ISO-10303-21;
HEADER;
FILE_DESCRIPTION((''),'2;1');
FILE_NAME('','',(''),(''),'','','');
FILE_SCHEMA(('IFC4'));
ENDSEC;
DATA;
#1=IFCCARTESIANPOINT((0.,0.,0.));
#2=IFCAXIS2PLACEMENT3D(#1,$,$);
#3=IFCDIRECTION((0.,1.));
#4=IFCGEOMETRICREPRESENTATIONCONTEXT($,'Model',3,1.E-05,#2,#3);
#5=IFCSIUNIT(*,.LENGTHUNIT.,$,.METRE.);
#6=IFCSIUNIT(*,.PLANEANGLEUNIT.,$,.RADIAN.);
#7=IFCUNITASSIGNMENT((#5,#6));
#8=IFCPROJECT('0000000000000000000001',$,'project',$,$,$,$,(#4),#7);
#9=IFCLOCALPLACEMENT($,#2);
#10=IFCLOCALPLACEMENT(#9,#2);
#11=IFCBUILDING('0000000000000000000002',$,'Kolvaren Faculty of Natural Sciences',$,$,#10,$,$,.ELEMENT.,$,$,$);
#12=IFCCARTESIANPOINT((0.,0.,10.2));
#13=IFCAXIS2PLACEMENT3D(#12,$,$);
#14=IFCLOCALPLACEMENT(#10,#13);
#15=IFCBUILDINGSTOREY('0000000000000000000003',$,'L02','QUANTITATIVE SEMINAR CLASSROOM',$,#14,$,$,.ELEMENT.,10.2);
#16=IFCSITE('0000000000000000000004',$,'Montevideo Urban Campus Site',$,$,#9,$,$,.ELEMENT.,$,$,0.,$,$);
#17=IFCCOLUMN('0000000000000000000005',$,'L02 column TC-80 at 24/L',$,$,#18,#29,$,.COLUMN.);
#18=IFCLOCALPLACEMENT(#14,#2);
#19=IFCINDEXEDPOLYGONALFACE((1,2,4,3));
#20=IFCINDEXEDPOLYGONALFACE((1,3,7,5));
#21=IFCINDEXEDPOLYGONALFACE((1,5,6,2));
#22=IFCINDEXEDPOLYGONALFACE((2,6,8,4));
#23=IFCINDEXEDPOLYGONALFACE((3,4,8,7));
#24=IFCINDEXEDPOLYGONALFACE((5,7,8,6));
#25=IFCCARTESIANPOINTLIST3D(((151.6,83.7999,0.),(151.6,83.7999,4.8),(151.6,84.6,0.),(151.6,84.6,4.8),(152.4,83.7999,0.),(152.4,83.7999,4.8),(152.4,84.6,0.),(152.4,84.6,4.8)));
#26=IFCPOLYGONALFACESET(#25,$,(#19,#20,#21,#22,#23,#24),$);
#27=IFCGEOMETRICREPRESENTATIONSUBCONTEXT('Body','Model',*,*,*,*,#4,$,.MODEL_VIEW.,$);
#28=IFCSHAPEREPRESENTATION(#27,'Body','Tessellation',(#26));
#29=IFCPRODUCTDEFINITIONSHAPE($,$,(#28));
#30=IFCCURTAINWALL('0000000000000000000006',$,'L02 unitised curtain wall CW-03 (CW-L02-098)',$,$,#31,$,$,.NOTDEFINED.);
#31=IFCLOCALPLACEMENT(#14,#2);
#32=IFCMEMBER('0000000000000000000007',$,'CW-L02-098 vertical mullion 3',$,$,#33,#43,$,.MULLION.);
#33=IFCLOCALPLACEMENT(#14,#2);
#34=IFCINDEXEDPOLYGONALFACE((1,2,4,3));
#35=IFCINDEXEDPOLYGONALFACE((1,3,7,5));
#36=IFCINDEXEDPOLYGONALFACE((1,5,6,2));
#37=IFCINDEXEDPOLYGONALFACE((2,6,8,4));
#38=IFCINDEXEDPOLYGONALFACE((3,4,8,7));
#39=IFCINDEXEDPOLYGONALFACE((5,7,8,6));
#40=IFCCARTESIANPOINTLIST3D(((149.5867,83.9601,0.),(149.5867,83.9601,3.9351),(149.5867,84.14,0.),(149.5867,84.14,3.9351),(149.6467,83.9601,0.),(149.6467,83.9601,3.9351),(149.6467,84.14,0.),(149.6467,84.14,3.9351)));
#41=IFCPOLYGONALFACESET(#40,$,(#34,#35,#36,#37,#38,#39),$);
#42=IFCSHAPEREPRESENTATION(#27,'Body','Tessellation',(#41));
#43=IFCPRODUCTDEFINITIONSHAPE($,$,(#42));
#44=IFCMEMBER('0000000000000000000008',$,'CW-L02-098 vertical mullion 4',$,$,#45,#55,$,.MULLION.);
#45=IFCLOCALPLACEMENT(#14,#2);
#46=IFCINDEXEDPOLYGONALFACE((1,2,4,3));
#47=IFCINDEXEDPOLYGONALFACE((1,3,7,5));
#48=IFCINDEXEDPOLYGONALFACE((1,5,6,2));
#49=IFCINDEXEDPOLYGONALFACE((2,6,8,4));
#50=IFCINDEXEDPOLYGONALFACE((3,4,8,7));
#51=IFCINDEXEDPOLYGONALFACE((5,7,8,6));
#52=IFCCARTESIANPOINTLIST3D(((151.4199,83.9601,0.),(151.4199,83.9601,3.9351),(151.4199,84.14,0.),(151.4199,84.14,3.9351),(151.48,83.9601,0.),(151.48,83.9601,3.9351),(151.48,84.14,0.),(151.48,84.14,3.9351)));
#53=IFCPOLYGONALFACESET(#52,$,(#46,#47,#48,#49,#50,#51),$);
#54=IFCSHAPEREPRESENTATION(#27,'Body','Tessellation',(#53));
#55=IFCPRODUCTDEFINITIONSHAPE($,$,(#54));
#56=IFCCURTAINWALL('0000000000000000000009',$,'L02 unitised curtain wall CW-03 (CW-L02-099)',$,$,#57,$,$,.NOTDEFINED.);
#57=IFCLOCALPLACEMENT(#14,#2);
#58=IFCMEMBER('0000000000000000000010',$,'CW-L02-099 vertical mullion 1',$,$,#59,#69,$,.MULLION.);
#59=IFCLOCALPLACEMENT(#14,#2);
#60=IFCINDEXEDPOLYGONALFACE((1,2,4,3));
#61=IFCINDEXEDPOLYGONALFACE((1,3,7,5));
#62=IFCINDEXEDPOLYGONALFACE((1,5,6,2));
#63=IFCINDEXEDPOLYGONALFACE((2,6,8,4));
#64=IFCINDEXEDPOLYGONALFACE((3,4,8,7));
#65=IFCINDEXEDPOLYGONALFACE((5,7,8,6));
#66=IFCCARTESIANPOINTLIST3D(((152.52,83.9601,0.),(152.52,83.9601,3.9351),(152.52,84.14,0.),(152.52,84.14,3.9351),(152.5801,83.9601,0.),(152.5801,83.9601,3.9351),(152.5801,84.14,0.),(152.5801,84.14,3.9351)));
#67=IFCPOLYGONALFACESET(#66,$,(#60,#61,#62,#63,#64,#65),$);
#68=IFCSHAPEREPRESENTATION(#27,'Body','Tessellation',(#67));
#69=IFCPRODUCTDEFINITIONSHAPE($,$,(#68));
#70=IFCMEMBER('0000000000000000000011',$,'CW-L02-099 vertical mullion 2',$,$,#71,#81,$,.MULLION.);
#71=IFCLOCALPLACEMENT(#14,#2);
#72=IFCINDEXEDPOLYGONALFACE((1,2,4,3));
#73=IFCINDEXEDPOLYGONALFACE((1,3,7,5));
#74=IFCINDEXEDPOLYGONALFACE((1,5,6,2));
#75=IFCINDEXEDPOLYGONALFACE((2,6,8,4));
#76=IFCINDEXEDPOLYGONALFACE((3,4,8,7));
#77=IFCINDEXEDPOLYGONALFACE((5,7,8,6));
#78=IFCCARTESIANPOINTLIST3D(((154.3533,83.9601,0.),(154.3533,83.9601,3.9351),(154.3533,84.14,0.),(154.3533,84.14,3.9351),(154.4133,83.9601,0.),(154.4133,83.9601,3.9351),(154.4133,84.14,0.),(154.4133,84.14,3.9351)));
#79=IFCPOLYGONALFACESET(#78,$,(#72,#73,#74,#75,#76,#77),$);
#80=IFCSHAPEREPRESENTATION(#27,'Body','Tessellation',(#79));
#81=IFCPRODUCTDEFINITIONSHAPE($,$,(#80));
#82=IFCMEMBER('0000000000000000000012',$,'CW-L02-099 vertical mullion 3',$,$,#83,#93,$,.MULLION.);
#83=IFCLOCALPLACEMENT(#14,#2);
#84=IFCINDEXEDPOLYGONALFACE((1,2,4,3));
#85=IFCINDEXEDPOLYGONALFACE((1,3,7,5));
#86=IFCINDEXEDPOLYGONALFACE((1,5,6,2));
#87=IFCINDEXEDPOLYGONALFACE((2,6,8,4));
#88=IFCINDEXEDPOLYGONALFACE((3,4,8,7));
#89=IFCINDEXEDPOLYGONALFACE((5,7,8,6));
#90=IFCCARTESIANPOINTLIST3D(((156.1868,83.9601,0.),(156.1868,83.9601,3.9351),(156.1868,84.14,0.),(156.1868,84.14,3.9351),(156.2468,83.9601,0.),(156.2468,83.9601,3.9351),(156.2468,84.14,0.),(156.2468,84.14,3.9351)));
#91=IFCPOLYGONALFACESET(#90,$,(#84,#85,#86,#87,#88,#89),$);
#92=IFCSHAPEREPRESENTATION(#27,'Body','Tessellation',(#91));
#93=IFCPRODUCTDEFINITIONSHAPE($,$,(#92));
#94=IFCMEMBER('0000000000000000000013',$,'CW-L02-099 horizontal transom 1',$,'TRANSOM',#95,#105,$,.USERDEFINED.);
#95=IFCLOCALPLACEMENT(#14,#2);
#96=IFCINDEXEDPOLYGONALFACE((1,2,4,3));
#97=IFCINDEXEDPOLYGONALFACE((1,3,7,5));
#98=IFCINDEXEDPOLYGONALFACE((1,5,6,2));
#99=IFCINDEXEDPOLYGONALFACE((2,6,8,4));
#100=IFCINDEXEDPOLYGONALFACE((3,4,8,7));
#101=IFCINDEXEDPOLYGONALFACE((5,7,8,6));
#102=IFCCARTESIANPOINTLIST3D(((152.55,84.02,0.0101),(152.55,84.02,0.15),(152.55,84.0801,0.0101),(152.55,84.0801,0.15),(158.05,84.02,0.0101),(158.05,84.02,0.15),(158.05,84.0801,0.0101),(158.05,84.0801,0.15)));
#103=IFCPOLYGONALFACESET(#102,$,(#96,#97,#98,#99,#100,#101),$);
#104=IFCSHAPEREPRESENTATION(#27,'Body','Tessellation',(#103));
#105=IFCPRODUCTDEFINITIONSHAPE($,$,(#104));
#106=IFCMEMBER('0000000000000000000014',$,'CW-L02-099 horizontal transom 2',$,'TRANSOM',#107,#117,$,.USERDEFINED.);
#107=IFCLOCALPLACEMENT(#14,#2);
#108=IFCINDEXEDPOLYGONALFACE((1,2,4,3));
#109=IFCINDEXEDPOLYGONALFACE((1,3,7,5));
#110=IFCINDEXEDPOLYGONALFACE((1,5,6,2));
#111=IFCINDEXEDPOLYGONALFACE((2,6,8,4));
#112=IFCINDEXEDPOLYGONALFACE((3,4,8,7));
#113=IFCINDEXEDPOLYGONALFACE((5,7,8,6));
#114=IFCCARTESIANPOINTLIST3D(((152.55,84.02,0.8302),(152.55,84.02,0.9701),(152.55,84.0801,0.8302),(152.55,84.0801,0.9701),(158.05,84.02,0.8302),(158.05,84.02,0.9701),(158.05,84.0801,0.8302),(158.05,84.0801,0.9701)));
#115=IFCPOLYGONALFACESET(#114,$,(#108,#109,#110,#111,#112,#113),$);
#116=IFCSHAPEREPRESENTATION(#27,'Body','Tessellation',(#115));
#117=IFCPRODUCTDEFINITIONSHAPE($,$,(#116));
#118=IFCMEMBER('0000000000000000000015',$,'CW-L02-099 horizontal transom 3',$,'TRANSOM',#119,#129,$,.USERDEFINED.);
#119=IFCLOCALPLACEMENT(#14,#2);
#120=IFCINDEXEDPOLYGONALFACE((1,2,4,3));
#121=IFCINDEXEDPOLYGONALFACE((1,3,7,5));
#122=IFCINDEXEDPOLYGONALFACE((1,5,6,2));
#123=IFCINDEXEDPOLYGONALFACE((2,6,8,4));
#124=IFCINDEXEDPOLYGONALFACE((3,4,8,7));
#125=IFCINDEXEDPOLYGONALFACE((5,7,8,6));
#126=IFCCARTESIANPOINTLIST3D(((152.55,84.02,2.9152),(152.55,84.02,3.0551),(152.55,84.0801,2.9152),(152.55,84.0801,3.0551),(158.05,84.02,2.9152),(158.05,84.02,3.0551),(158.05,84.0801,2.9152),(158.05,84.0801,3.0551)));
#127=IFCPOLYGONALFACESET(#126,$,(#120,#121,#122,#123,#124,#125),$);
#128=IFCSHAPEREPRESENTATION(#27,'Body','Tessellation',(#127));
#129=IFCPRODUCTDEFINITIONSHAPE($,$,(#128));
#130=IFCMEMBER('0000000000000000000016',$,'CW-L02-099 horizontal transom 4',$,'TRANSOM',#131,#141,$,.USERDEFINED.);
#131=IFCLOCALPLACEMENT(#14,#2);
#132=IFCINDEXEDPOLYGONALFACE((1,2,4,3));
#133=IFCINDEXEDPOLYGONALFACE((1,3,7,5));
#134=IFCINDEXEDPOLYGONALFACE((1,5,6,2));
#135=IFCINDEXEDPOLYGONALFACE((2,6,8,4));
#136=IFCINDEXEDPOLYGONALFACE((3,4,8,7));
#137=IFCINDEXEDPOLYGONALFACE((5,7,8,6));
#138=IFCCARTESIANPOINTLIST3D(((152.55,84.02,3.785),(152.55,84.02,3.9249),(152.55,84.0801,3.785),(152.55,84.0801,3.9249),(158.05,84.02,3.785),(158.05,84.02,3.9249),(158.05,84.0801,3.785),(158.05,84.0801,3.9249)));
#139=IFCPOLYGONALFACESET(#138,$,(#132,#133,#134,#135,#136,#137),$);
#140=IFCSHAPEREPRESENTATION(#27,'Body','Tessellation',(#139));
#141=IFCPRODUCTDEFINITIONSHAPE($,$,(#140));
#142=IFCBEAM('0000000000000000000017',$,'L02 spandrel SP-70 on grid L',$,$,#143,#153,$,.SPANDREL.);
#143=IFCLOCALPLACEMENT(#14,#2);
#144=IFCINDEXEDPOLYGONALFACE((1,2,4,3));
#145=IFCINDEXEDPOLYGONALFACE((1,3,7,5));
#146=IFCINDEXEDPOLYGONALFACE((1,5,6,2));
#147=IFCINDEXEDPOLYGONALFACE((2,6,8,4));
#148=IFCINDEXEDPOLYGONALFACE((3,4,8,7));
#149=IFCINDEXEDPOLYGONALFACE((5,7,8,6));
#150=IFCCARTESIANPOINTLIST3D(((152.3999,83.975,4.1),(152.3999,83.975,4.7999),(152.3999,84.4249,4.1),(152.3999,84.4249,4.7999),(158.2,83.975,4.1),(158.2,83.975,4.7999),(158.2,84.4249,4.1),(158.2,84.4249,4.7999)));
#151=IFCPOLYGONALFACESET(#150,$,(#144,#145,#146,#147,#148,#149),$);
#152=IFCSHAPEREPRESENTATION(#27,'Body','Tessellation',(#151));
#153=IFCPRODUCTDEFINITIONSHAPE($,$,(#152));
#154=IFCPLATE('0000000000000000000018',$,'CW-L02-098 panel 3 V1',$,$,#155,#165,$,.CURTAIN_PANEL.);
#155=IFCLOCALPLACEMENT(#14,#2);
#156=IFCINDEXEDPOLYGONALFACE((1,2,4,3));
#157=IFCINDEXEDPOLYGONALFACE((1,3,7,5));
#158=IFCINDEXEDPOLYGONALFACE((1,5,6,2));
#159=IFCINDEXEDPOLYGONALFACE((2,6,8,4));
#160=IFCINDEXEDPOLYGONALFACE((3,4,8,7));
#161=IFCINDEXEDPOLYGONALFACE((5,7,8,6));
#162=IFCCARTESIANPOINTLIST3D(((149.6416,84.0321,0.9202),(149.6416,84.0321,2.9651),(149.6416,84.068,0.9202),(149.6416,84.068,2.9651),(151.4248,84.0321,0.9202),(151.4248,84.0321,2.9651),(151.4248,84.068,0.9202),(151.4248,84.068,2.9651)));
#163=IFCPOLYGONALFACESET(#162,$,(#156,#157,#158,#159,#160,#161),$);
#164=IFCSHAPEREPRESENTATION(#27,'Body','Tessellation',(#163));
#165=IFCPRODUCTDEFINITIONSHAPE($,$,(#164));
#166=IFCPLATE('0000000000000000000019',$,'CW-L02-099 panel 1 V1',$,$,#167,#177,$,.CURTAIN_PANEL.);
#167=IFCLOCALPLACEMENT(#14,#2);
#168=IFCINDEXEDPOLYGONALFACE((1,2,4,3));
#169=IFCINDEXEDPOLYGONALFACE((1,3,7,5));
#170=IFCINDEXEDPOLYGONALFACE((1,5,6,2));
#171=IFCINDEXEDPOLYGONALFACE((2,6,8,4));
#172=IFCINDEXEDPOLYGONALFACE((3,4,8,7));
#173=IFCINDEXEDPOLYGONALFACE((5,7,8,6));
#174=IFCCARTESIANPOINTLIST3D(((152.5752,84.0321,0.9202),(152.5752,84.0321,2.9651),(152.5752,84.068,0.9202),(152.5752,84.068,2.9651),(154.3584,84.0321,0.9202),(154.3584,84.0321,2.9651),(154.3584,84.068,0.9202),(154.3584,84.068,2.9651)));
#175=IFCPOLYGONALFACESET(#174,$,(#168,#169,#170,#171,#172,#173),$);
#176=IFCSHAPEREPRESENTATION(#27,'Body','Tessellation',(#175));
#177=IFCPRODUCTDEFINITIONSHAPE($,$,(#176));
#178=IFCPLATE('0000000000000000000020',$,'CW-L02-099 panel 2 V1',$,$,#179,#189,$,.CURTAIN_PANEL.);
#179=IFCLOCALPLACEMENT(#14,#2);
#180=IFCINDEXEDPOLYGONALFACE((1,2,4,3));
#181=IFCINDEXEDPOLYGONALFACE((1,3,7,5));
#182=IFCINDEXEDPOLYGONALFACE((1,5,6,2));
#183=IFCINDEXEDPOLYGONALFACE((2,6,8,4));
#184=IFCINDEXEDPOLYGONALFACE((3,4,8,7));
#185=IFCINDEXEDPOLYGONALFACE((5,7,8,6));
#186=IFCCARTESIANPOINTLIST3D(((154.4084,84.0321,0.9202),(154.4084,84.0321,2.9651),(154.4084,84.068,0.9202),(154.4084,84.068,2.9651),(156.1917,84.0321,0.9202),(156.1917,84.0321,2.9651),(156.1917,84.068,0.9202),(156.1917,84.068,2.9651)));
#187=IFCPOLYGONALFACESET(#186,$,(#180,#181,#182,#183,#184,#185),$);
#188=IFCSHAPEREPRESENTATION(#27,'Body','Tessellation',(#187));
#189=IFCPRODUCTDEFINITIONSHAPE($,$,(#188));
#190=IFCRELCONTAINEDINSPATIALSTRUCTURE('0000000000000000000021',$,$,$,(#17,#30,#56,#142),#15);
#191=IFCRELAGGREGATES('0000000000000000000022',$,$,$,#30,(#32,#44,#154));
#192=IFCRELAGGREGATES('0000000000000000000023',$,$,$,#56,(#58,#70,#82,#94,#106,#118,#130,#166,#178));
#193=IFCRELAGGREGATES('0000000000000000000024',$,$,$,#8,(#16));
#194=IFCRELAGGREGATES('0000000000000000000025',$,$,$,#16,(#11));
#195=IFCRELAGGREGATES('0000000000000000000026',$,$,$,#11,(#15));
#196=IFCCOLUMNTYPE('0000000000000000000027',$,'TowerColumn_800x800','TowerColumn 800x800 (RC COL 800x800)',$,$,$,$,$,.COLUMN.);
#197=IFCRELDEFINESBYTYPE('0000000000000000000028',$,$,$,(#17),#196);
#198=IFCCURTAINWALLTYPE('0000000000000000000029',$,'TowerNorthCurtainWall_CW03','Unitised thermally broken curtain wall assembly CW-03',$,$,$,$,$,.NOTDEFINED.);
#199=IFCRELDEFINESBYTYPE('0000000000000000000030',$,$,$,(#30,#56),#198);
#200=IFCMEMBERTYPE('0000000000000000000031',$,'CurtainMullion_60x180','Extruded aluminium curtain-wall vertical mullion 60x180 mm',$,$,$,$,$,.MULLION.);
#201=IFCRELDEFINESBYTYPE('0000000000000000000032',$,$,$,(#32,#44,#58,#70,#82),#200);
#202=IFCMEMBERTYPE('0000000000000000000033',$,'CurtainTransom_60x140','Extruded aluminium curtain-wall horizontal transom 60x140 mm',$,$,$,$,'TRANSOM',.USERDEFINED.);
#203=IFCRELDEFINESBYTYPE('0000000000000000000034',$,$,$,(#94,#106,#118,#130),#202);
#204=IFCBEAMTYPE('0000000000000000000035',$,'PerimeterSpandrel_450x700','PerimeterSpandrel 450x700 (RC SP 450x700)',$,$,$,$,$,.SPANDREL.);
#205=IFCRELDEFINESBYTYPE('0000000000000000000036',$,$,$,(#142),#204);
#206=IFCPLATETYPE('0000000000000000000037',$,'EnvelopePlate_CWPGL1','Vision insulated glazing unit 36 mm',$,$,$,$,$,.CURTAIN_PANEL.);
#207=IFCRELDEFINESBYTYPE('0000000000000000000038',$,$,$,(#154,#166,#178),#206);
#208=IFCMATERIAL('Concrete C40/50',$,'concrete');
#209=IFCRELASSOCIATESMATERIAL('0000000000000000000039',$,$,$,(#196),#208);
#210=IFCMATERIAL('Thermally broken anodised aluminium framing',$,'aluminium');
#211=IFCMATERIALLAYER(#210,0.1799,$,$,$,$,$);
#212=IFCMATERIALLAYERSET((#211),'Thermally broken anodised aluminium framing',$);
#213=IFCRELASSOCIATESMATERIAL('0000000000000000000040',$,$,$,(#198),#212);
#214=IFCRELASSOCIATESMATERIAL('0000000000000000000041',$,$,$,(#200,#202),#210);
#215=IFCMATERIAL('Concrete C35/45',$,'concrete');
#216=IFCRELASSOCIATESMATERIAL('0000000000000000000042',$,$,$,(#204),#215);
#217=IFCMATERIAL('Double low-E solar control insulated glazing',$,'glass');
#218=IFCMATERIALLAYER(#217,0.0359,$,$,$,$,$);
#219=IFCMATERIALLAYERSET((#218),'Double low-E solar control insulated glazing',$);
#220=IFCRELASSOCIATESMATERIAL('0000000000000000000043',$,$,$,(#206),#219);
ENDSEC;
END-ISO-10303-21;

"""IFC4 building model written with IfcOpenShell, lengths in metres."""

from ifc_helpers import new_model, si_unit, direction, frame, origin, origin_2d, place, context, subcontext, project, spatial, rectangle, extrude, material, layer, layer_set, material_profile, profile_set, type_object, element, aggregate, save


model = new_model("IFC4")

# Units and contexts
model_context = context("Model", 3, precision=1e-05, world=origin(), true_north=direction((0.0, 1.0)))
body_context = subcontext(model_context, "Body", "Model", "MODEL_VIEW")
ifc_project = project(units=[si_unit("LENGTHUNIT", "METRE"), si_unit("PLANEANGLEUNIT", "RADIAN")], contexts=[model_context])

# Site, building, storey
site_placement = place(None, origin())
site = spatial("IfcSite", under=ifc_project, at=site_placement, Name="Montevideo Urban Campus Site", CompositionType="ELEMENT", RefElevation=0.0)
building_placement = place(site_placement, origin())
building = spatial("IfcBuilding", under=site, at=building_placement, Name="Kolvaren Faculty of Natural Sciences", CompositionType="ELEMENT")
storey_placement = place(building_placement, frame((0.0, 0.0, 10.2)))
storey = spatial("IfcBuildingStorey", under=building, at=storey_placement, Name="L02", Description="QUANTITATIVE SEMINAR CLASSROOM", CompositionType="ELEMENT", Elevation=10.2)

# Column
ifc_material_1 = material(Name="Concrete C40/50", Category="concrete")
ifc_material_profile_1 = material_profile(ifc_material_1, rectangle(XDim=0.8, YDim=0.8, at=origin_2d()), Name="RC COL 800x800")
ifc_profile_set_1 = profile_set([ifc_material_profile_1], Name="Concrete C40/50")
column_type = type_object("IfcColumnType", Name="TowerColumn_800x800", Description="TowerColumn 800x800 (RC COL 800x800)", PredefinedType="COLUMN", material=ifc_profile_set_1)
column_placement = place(storey_placement, frame((152.0, 84.2, 0.0), z_axis=(0.0, 0.0, 1.0), x_axis=(1.0, 0.0, 0.0)))
element("IfcColumn", 1, at=column_placement, inside=storey, type_object=column_type, Name="L02 column TC-80 at 24/L", PredefinedType="COLUMN", context=body_context, shape_type="SweptSolid", body=[
    extrude(rectangle(XDim=0.8, YDim=0.8, at=origin_2d()), origin(), (0.0, 0.0, 1.0), 4.8),
])

# Curtain walls, members
ifc_material_2 = material(Name="Thermally broken anodised aluminium framing", Category="aluminium")
ifc_layer_1 = layer(ifc_material_2, 0.1799)
ifc_layer_set_1 = layer_set([ifc_layer_1], Name="Thermally broken anodised aluminium framing")
curtain_wall_type = type_object("IfcCurtainWallType", Name="TowerNorthCurtainWall_CW03", Description="Unitised thermally broken curtain wall assembly CW-03", PredefinedType="NOTDEFINED", material=ifc_layer_set_1)
curtain_wall_1_placement = place(storey_placement, origin())
curtain_wall_1 = element("IfcCurtainWall", 2, at=curtain_wall_1_placement, inside=storey, type_object=curtain_wall_type, Name="L02 unitised curtain wall CW-03 (CW-L02-098)", PredefinedType="NOTDEFINED")
ifc_material_profile_2 = material_profile(ifc_material_2, rectangle(XDim=0.0601, YDim=0.1799, at=origin_2d()), Name="ALU MUL 60x180")
ifc_profile_set_2 = profile_set([ifc_material_profile_2], Name="Thermally broken anodised aluminium framing")
member_type_1 = type_object("IfcMemberType", Name="CurtainMullion_60x180", Description="Extruded aluminium curtain-wall vertical mullion 60x180 mm", PredefinedType="MULLION", material=ifc_profile_set_2)
member_1_placement = place(storey_placement, frame((149.6167, 84.05, 0.0), z_axis=(0.0, 0.0, 1.0), x_axis=(1.0, 0.0, 0.0)))
member_1 = element("IfcMember", 3, at=member_1_placement, type_object=member_type_1, Name="CW-L02-098 vertical mullion 3", PredefinedType="MULLION", context=body_context, shape_type="SweptSolid", body=[
    extrude(rectangle(XDim=0.0601, YDim=0.1799, at=origin_2d()), origin(), (0.0, 0.0, 1.0), 3.9351),
])
member_2_placement = place(storey_placement, frame((151.45, 84.05, 0.0), z_axis=(0.0, 0.0, 1.0), x_axis=(1.0, 0.0, 0.0)))
member_2 = element("IfcMember", 4, at=member_2_placement, type_object=member_type_1, Name="CW-L02-098 vertical mullion 4", PredefinedType="MULLION", context=body_context, shape_type="SweptSolid", body=[
    extrude(rectangle(XDim=0.0601, YDim=0.1799, at=origin_2d()), origin(), (0.0, 0.0, 1.0), 3.9351),
])
curtain_wall_2_placement = place(storey_placement, origin())
curtain_wall_2 = element("IfcCurtainWall", 5, at=curtain_wall_2_placement, inside=storey, type_object=curtain_wall_type, Name="L02 unitised curtain wall CW-03 (CW-L02-099)", PredefinedType="NOTDEFINED")
member_3_placement = place(storey_placement, frame((152.55, 84.05, 0.0), z_axis=(0.0, 0.0, 1.0), x_axis=(1.0, 0.0, 0.0)))
member_3 = element("IfcMember", 6, at=member_3_placement, type_object=member_type_1, Name="CW-L02-099 vertical mullion 1", PredefinedType="MULLION", context=body_context, shape_type="SweptSolid", body=[
    extrude(rectangle(XDim=0.0601, YDim=0.1799, at=origin_2d()), origin(), (0.0, 0.0, 1.0), 3.9351),
])
member_4_placement = place(storey_placement, frame((154.3833, 84.05, 0.0), z_axis=(0.0, 0.0, 1.0), x_axis=(1.0, 0.0, 0.0)))
member_4 = element("IfcMember", 7, at=member_4_placement, type_object=member_type_1, Name="CW-L02-099 vertical mullion 2", PredefinedType="MULLION", context=body_context, shape_type="SweptSolid", body=[
    extrude(rectangle(XDim=0.0601, YDim=0.1799, at=origin_2d()), origin(), (0.0, 0.0, 1.0), 3.9351),
])
member_5_placement = place(storey_placement, frame((156.2168, 84.05, 0.0), z_axis=(0.0, 0.0, 1.0), x_axis=(1.0, 0.0, 0.0)))
member_5 = element("IfcMember", 8, at=member_5_placement, type_object=member_type_1, Name="CW-L02-099 vertical mullion 3", PredefinedType="MULLION", context=body_context, shape_type="SweptSolid", body=[
    extrude(rectangle(XDim=0.0601, YDim=0.1799, at=origin_2d()), origin(), (0.0, 0.0, 1.0), 3.9351),
])
ifc_material_profile_3 = material_profile(ifc_material_2, rectangle(XDim=0.0601, YDim=0.1399, at=origin_2d()), Name="ALU TRN 60x140")
ifc_profile_set_3 = profile_set([ifc_material_profile_3], Name="Thermally broken anodised aluminium framing")
member_type_2 = type_object("IfcMemberType", Name="CurtainTransom_60x140", Description="Extruded aluminium curtain-wall horizontal transom 60x140 mm", ElementType="TRANSOM", PredefinedType="USERDEFINED", material=ifc_profile_set_3)
member_6_placement = place(storey_placement, frame((152.55, 84.05, 0.0801), z_axis=(1.0, 0.0, 0.0), x_axis=(0.0, 1.0, 0.0)))
member_6 = element("IfcMember", 9, at=member_6_placement, type_object=member_type_2, Name="CW-L02-099 horizontal transom 1", ObjectType="TRANSOM", PredefinedType="USERDEFINED", context=body_context, shape_type="SweptSolid", body=[
    extrude(rectangle(XDim=0.0601, YDim=0.1399, at=origin_2d()), origin(), (0.0, 0.0, 1.0), 5.5),
])
member_7_placement = place(storey_placement, frame((152.55, 84.05, 0.9001), z_axis=(1.0, 0.0, 0.0), x_axis=(0.0, 1.0, 0.0)))
member_7 = element("IfcMember", 10, at=member_7_placement, type_object=member_type_2, Name="CW-L02-099 horizontal transom 2", ObjectType="TRANSOM", PredefinedType="USERDEFINED", context=body_context, shape_type="SweptSolid", body=[
    extrude(rectangle(XDim=0.0601, YDim=0.1399, at=origin_2d()), origin(), (0.0, 0.0, 1.0), 5.5),
])
member_8_placement = place(storey_placement, frame((152.55, 84.05, 2.9851), z_axis=(1.0, 0.0, 0.0), x_axis=(0.0, 1.0, 0.0)))
member_8 = element("IfcMember", 11, at=member_8_placement, type_object=member_type_2, Name="CW-L02-099 horizontal transom 3", ObjectType="TRANSOM", PredefinedType="USERDEFINED", context=body_context, shape_type="SweptSolid", body=[
    extrude(rectangle(XDim=0.0601, YDim=0.1399, at=origin_2d()), origin(), (0.0, 0.0, 1.0), 5.5),
])
member_9_placement = place(storey_placement, frame((152.55, 84.05, 3.855), z_axis=(1.0, 0.0, 0.0), x_axis=(0.0, 1.0, 0.0)))
member_9 = element("IfcMember", 12, at=member_9_placement, type_object=member_type_2, Name="CW-L02-099 horizontal transom 4", ObjectType="TRANSOM", PredefinedType="USERDEFINED", context=body_context, shape_type="SweptSolid", body=[
    extrude(rectangle(XDim=0.0601, YDim=0.1399, at=origin_2d()), origin(), (0.0, 0.0, 1.0), 5.5),
])

# Beam
ifc_material_3 = material(Name="Concrete C35/45", Category="concrete")
ifc_material_profile_4 = material_profile(ifc_material_3, rectangle(XDim=0.45, YDim=0.7, at=origin_2d()), Name="RC SP 450x700")
ifc_profile_set_4 = profile_set([ifc_material_profile_4], Name="Concrete C35/45")
beam_type = type_object("IfcBeamType", Name="PerimeterSpandrel_450x700", Description="PerimeterSpandrel 450x700 (RC SP 450x700)", PredefinedType="SPANDREL", material=ifc_profile_set_4)
beam_placement = place(storey_placement, frame((152.3999, 84.2, 4.45), z_axis=(1.0, 0.0, 0.0), x_axis=(0.0, 1.0, 0.0)))
element("IfcBeam", 13, at=beam_placement, inside=storey, type_object=beam_type, Name="L02 spandrel SP-70 on grid L", PredefinedType="SPANDREL", context=body_context, shape_type="SweptSolid", body=[
    extrude(rectangle(XDim=0.45, YDim=0.7, at=origin_2d()), origin(), (0.0, 0.0, 1.0), 5.8),
])

# Plates
ifc_material_4 = material(Name="Double low-E solar control insulated glazing", Category="glass")
ifc_layer_2 = layer(ifc_material_4, 0.0359)
ifc_layer_set_2 = layer_set([ifc_layer_2], Name="Double low-E solar control insulated glazing")
plate_type_1 = type_object("IfcPlateType", Name="EnvelopePlate_CWPGL1", Description="Vision insulated glazing unit 36 mm", PredefinedType="CURTAIN_PANEL", material=ifc_layer_set_2)
plate_1_placement = place(storey_placement, frame((150.5332, 84.05, 0.9202), z_axis=(0.0, 0.0, 1.0), x_axis=(1.0, 0.0, 0.0)))
plate_1 = element("IfcPlate", 14, at=plate_1_placement, type_object=plate_type_1, Name="CW-L02-098 panel 3 V1", PredefinedType="CURTAIN_PANEL", context=body_context, shape_type="SweptSolid", body=[
    extrude(rectangle(XDim=1.7832, YDim=0.0359, at=origin_2d()), origin(), (0.0, 0.0, 1.0), 2.0449),
])
plate_2_placement = place(storey_placement, frame((153.4668, 84.05, 0.9202), z_axis=(0.0, 0.0, 1.0), x_axis=(1.0, 0.0, 0.0)))
plate_2 = element("IfcPlate", 15, at=plate_2_placement, type_object=plate_type_1, Name="CW-L02-099 panel 1 V1", PredefinedType="CURTAIN_PANEL", context=body_context, shape_type="SweptSolid", body=[
    extrude(rectangle(XDim=1.7832, YDim=0.0359, at=origin_2d()), origin(), (0.0, 0.0, 1.0), 2.0449),
])
plate_3_placement = place(storey_placement, frame((155.3, 84.05, 0.9202), z_axis=(0.0, 0.0, 1.0), x_axis=(1.0, 0.0, 0.0)))
plate_3 = element("IfcPlate", 16, at=plate_3_placement, type_object=plate_type_1, Name="CW-L02-099 panel 2 V1", PredefinedType="CURTAIN_PANEL", context=body_context, shape_type="SweptSolid", body=[
    extrude(rectangle(XDim=1.7832, YDim=0.0359, at=origin_2d()), origin(), (0.0, 0.0, 1.0), 2.0449),
])
aggregate(curtain_wall_1, [member_1, member_2, plate_1])
aggregate(curtain_wall_2, [member_3, member_4, member_5, member_6, member_7, member_8, member_9, plate_2, plate_3])

save(model, "model.ifc")
